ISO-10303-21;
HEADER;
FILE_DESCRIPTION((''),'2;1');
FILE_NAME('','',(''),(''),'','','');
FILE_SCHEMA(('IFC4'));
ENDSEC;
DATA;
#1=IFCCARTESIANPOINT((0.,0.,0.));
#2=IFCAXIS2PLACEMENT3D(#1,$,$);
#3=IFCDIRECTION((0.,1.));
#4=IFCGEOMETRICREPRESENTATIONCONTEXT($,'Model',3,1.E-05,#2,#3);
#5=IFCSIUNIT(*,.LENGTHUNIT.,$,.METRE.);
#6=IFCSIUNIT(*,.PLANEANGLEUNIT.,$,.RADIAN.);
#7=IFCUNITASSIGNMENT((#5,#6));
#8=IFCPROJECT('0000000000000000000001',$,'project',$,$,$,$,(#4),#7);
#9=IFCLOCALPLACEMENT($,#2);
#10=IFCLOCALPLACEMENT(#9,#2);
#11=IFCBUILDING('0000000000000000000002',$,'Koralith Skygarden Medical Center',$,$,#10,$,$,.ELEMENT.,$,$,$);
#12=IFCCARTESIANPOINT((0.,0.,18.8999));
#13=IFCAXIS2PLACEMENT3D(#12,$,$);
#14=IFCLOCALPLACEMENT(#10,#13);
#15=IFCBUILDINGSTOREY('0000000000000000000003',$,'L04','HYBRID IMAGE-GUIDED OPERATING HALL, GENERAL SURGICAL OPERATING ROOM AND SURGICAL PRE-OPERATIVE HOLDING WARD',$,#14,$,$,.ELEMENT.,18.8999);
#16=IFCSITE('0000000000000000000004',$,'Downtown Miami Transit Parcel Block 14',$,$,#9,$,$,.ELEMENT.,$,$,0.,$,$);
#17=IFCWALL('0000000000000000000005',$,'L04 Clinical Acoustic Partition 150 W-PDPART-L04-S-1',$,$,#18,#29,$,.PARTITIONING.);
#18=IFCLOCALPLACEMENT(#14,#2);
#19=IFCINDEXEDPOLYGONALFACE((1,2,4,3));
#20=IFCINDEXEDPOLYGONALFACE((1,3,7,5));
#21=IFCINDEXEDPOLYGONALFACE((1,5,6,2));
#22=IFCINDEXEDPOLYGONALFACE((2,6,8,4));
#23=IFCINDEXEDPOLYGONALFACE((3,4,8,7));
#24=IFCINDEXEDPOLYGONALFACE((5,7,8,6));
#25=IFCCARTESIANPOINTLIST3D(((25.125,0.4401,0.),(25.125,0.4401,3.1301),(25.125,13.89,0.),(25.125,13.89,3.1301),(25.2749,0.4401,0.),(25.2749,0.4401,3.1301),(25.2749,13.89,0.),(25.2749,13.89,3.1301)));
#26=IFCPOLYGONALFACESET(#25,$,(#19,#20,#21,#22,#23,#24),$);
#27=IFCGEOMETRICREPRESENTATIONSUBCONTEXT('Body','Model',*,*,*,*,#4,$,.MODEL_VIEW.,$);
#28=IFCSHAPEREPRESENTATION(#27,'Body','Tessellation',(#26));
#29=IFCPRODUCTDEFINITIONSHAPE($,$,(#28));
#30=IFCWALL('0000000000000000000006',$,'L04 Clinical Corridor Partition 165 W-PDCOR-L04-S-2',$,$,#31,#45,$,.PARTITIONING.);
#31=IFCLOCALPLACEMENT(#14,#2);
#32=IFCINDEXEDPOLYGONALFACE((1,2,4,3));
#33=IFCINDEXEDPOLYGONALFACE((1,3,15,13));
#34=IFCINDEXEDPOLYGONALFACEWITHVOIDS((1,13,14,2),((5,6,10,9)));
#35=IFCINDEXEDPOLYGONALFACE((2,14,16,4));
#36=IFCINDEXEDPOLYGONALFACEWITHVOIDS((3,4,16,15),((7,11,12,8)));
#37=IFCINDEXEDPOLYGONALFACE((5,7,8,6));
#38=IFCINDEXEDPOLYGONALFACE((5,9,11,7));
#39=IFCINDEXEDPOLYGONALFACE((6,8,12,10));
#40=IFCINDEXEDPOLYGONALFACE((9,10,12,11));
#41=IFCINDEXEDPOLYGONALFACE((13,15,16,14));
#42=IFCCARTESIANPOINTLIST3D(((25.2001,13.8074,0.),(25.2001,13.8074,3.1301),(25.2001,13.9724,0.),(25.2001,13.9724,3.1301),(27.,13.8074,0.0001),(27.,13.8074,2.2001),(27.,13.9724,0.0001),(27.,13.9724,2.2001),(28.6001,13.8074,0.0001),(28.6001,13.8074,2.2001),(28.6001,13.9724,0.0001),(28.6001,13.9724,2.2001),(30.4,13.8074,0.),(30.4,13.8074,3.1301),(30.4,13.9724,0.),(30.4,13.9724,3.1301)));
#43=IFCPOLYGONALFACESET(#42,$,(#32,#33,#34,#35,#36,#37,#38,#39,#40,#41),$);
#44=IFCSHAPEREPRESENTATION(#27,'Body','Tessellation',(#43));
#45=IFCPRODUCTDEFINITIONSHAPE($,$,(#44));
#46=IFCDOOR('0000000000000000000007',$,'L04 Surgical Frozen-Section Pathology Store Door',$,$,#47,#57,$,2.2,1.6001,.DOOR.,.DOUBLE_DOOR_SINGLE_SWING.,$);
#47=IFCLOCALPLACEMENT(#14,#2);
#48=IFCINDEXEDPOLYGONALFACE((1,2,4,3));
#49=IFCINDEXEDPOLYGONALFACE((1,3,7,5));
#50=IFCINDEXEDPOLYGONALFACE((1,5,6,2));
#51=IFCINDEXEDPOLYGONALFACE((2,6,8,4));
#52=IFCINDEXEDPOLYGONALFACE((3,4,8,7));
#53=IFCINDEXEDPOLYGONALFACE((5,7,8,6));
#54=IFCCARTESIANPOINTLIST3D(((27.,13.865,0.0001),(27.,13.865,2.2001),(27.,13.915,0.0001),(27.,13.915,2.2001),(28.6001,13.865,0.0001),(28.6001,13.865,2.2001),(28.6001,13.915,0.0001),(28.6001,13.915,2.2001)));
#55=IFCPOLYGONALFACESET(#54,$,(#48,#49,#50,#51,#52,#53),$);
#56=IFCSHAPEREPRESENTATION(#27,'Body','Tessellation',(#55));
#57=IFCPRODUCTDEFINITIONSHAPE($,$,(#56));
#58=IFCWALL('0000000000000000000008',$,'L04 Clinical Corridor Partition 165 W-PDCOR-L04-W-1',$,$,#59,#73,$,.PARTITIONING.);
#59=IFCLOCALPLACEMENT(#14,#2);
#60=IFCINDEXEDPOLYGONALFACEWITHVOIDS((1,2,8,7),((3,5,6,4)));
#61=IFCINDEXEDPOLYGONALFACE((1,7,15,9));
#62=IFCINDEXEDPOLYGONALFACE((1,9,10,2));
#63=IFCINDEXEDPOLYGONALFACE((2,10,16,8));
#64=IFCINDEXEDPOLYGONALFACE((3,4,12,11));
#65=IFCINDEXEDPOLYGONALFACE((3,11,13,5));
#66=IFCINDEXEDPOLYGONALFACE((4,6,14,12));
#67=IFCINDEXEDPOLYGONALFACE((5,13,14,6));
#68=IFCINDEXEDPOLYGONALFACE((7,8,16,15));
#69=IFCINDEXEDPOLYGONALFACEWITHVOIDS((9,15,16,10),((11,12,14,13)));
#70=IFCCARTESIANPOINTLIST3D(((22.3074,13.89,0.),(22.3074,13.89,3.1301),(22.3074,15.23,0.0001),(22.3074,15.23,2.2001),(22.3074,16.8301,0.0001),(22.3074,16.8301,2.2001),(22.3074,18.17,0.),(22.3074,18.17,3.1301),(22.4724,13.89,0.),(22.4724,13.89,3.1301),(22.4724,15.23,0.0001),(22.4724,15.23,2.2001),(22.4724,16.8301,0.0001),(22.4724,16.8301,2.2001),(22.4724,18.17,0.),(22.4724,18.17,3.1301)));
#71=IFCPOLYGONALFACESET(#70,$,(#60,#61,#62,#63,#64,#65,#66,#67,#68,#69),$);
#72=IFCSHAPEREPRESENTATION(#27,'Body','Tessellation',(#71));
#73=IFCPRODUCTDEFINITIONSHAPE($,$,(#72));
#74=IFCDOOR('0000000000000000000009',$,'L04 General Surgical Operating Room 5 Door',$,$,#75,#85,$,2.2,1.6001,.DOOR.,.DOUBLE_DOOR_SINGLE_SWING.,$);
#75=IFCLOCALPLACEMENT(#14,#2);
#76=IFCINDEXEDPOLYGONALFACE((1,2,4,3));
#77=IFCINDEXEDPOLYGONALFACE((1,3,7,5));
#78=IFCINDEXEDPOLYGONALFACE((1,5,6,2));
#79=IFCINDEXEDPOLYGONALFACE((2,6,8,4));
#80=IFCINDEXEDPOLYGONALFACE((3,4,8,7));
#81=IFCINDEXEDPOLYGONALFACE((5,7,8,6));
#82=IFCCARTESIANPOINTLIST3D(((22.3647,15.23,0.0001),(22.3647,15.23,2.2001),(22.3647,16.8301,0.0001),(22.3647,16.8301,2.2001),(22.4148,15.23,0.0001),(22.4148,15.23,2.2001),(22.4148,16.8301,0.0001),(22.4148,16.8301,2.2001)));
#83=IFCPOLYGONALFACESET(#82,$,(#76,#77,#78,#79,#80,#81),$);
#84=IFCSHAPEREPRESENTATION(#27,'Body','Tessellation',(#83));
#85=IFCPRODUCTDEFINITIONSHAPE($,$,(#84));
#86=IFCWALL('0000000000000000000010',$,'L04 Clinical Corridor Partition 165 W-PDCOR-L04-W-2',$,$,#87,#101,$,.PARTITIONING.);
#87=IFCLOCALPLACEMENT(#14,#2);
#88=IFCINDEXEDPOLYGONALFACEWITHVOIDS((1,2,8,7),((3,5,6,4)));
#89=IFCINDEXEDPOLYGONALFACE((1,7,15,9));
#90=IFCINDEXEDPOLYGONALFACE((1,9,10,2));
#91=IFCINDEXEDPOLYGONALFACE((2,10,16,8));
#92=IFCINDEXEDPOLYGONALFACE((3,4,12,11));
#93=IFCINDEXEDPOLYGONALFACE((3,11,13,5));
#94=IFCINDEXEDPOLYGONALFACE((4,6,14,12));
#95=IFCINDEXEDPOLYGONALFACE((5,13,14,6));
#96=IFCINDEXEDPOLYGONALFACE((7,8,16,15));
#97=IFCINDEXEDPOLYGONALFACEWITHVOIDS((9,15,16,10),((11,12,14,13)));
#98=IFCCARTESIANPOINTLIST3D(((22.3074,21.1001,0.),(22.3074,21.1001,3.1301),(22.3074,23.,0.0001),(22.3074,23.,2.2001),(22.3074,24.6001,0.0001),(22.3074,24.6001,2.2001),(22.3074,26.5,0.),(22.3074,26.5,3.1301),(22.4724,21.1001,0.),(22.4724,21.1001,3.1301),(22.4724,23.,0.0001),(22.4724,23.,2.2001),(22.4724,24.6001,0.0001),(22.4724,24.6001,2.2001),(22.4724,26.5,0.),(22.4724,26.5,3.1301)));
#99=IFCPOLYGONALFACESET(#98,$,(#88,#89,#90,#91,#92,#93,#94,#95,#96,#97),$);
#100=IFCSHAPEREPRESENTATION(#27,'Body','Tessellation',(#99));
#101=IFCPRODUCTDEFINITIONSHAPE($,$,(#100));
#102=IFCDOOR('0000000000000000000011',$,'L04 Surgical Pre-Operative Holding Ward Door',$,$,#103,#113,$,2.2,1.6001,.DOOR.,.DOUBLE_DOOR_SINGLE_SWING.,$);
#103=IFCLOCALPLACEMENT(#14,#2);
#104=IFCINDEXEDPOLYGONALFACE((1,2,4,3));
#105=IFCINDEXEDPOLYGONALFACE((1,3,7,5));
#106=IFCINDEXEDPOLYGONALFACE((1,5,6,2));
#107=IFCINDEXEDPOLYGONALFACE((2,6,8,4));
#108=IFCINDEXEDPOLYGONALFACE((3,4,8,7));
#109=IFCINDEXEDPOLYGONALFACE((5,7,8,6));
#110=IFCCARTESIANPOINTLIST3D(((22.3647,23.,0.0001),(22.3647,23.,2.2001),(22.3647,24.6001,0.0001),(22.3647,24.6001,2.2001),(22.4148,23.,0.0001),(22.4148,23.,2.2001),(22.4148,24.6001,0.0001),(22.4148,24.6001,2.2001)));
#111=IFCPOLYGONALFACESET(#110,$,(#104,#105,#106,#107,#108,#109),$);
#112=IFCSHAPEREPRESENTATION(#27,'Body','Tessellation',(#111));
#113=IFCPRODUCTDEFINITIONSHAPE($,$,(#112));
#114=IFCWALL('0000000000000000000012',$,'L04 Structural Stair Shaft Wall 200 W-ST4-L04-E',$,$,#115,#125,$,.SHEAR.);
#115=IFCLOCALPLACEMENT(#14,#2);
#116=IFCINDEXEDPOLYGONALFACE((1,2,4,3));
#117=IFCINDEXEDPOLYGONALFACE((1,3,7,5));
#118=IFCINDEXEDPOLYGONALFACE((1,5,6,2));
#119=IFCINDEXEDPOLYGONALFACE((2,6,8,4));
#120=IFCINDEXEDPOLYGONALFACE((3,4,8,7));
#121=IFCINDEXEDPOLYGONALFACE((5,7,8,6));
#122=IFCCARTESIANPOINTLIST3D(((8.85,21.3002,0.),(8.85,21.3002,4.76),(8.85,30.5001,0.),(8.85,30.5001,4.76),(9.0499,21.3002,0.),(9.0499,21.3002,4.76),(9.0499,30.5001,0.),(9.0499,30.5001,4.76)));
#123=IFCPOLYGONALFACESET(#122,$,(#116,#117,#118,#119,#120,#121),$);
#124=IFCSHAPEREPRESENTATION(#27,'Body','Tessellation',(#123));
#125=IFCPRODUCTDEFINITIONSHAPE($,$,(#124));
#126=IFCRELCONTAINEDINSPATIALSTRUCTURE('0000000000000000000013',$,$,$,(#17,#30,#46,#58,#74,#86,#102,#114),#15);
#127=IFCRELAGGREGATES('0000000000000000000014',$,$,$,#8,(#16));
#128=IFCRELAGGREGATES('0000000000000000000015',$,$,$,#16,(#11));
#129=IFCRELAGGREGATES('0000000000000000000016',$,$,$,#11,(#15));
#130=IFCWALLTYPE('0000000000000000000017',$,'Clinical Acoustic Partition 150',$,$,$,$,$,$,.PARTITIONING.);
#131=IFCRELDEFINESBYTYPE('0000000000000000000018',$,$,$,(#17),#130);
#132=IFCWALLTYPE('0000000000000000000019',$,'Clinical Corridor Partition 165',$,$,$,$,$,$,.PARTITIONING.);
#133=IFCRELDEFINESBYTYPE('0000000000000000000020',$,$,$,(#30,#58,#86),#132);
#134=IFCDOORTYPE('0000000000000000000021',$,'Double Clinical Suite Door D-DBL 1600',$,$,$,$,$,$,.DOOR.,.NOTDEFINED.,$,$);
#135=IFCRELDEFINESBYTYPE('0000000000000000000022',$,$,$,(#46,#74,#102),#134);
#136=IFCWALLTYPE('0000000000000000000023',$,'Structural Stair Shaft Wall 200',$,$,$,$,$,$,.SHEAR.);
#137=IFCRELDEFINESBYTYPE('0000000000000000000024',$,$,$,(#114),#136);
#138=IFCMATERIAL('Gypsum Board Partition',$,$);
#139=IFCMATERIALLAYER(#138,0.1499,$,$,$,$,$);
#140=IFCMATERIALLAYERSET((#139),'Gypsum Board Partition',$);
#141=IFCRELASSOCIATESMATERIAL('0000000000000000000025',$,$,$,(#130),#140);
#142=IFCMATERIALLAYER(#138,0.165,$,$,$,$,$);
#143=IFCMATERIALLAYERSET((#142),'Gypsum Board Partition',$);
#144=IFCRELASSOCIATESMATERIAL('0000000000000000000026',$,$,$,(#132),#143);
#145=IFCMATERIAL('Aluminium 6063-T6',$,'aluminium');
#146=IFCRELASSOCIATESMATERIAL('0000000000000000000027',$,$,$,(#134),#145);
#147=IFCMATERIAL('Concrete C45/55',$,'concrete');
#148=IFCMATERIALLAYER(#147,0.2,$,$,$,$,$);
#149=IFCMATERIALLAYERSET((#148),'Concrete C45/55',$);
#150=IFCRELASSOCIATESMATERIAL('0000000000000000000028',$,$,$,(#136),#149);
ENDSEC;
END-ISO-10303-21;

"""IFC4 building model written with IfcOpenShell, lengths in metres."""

from ifc_helpers import new_model, si_unit, direction, frame, frame_2d, origin, place, context, subcontext, project, spatial, rectangle, extrude, material, layer, layer_set, type_object, element, fill, save


model = new_model("IFC4")

# Units and contexts
model_context = context("Model", 3, precision=1e-05, world=origin(), true_north=direction((0.0, 1.0)))
body_context = subcontext(model_context, "Body", "Model", "MODEL_VIEW")
ifc_project = project(units=[si_unit("LENGTHUNIT", "METRE"), si_unit("PLANEANGLEUNIT", "RADIAN")], contexts=[model_context])

# Site, building, storey
site_placement = place(None, origin())
site = spatial("IfcSite", under=ifc_project, at=site_placement, Name="Downtown Miami Transit Parcel Block 14", CompositionType="ELEMENT", RefElevation=0.0)
building_placement = place(site_placement, origin())
building = spatial("IfcBuilding", under=site, at=building_placement, Name="Koralith Skygarden Medical Center", CompositionType="ELEMENT")
storey_placement = place(building_placement, frame((0.0, 0.0, 18.8999)))
storey = spatial("IfcBuildingStorey", under=building, at=storey_placement, Name="L04", Description="HYBRID IMAGE-GUIDED OPERATING HALL, GENERAL SURGICAL OPERATING ROOM AND SURGICAL PRE-OPERATIVE HOLDING WARD", CompositionType="ELEMENT", Elevation=18.8999)

# Shared definitions
ifc_material_1 = material(Name="Aluminium 6063-T6", Category="aluminium")

# Wall
ifc_material_2 = material(Name="Gypsum Board Partition")
ifc_layer_1 = layer(ifc_material_2, 0.1499)
ifc_layer_set_1 = layer_set([ifc_layer_1], Name="Gypsum Board Partition")
wall_type_1 = type_object("IfcWallType", Name="Clinical Acoustic Partition 150", PredefinedType="PARTITIONING", material=ifc_layer_set_1)
wall_1_placement = place(storey_placement, frame((25.2, 0.4399, 0.0), z_axis=(0.0, 0.0, 1.0), x_axis=(0.0, 1.0, 0.0)))
element("IfcWall", 1, at=wall_1_placement, inside=storey, type_object=wall_type_1, Name="L04 Clinical Acoustic Partition 150 W-PDPART-L04-S-1", PredefinedType="PARTITIONING", context=body_context, shape_type="SweptSolid", body=[
    extrude(rectangle(XDim=13.45, YDim=0.1499, at=frame_2d((6.7251, 0.0))), origin(), (0.0, 0.0, 1.0), 3.1301),
])

# Walls, openings, doors
ifc_layer_2 = layer(ifc_material_2, 0.165)
ifc_layer_set_2 = layer_set([ifc_layer_2], Name="Gypsum Board Partition")
wall_type_2 = type_object("IfcWallType", Name="Clinical Corridor Partition 165", PredefinedType="PARTITIONING", material=ifc_layer_set_2)
wall_2_placement = place(storey_placement, frame((25.2, 13.8899, 0.0), z_axis=(0.0, 0.0, 1.0), x_axis=(1.0, 0.0, 0.0)))
wall_2 = element("IfcWall", 2, at=wall_2_placement, inside=storey, type_object=wall_type_2, Name="L04 Clinical Corridor Partition 165 W-PDCOR-L04-S-2", PredefinedType="PARTITIONING", context=body_context, shape_type="SweptSolid", body=[
    extrude(rectangle(XDim=5.2, YDim=0.165, at=frame_2d((2.6001, 0.0))), origin(), (0.0, 0.0, 1.0), 3.1301),
])
opening_1_placement = place(wall_2_placement, frame((1.8, 0.0, 0.0)))
opening_1 = element("IfcOpeningElement", 3, at=opening_1_placement, cuts=wall_2, PredefinedType="OPENING", context=body_context, shape_type="SweptSolid", body=[
    extrude(rectangle(XDim=1.6001, YDim=2.2, at=frame_2d((0.8, 1.1001))), frame((0.0, 0.0925, 0.0), z_axis=(0.0, -1.0, 0.0), x_axis=(1.0, 0.0, 0.0)), (0.0, 0.0, 1.0), 0.1851),
])
door_type_1 = type_object("IfcDoorType", Name="Double Clinical Suite Door D-DBL 1600", OperationType="NOTDEFINED", PredefinedType="DOOR", material=ifc_material_1)
door_1_placement = place(opening_1_placement, frame((1.6001, 0.0, 0.0), z_axis=(0.0, 0.0, 1.0), x_axis=(-1.0, 0.0, 0.0)))
door_1 = element("IfcDoor", 4, at=door_1_placement, inside=storey, type_object=door_type_1, Name="L04 Surgical Frozen-Section Pathology Store Door", OperationType="DOUBLE_DOOR_SINGLE_SWING", OverallHeight=2.2, OverallWidth=1.6001, PredefinedType="DOOR", context=body_context, shape_type="SweptSolid", body=[
    extrude(rectangle(XDim=1.6001, YDim=2.2, at=frame_2d((0.8, 1.1001))), frame((0.0, 0.0249, 0.0), z_axis=(0.0, -1.0, 0.0), x_axis=(1.0, 0.0, 0.0)), (0.0, 0.0, 1.0), 0.05),
])
fill(opening_1, door_1)
wall_3_placement = place(storey_placement, frame((22.3899, 13.8899, 0.0), z_axis=(0.0, 0.0, 1.0), x_axis=(0.0, 1.0, 0.0)))
wall_3 = element("IfcWall", 5, at=wall_3_placement, inside=storey, type_object=wall_type_2, Name="L04 Clinical Corridor Partition 165 W-PDCOR-L04-W-1", PredefinedType="PARTITIONING", context=body_context, shape_type="SweptSolid", body=[
    extrude(rectangle(XDim=4.28, YDim=0.165, at=frame_2d((2.1401, 0.0))), origin(), (0.0, 0.0, 1.0), 3.1301),
])
opening_2_placement = place(wall_3_placement, frame((1.3401, 0.0, 0.0)))
opening_2 = element("IfcOpeningElement", 6, at=opening_2_placement, cuts=wall_3, PredefinedType="OPENING", context=body_context, shape_type="SweptSolid", body=[
    extrude(rectangle(XDim=1.6001, YDim=2.2, at=frame_2d((0.8, 1.1001))), frame((0.0, 0.0925, 0.0), z_axis=(0.0, -1.0, 0.0), x_axis=(1.0, 0.0, 0.0)), (0.0, 0.0, 1.0), 0.1851),
])
door_2_placement = place(opening_2_placement, frame((1.6001, 0.0, 0.0), z_axis=(0.0, 0.0, 1.0), x_axis=(-1.0, 0.0, 0.0)))
door_2 = element("IfcDoor", 7, at=door_2_placement, inside=storey, type_object=door_type_1, Name="L04 General Surgical Operating Room 5 Door", OperationType="DOUBLE_DOOR_SINGLE_SWING", OverallHeight=2.2, OverallWidth=1.6001, PredefinedType="DOOR", context=body_context, shape_type="SweptSolid", body=[
    extrude(rectangle(XDim=1.6001, YDim=2.2, at=frame_2d((0.8, 1.1001))), frame((0.0, 0.0249, 0.0), z_axis=(0.0, -1.0, 0.0), x_axis=(1.0, 0.0, 0.0)), (0.0, 0.0, 1.0), 0.05),
])
fill(opening_2, door_2)
wall_4_placement = place(storey_placement, frame((22.3899, 21.1001, 0.0), z_axis=(0.0, 0.0, 1.0), x_axis=(0.0, 1.0, 0.0)))
wall_4 = element("IfcWall", 8, at=wall_4_placement, inside=storey, type_object=wall_type_2, Name="L04 Clinical Corridor Partition 165 W-PDCOR-L04-W-2", PredefinedType="PARTITIONING", context=body_context, shape_type="SweptSolid", body=[
    extrude(rectangle(XDim=5.3999, YDim=0.165, at=frame_2d((2.7, 0.0))), origin(), (0.0, 0.0, 1.0), 3.1301),
])
opening_3_placement = place(wall_4_placement, frame((1.8999, 0.0, 0.0)))
opening_3 = element("IfcOpeningElement", 9, at=opening_3_placement, cuts=wall_4, PredefinedType="OPENING", context=body_context, shape_type="SweptSolid", body=[
    extrude(rectangle(XDim=1.6001, YDim=2.2, at=frame_2d((0.8, 1.1001))), frame((0.0, 0.0925, 0.0), z_axis=(0.0, -1.0, 0.0), x_axis=(1.0, 0.0, 0.0)), (0.0, 0.0, 1.0), 0.1851),
])
door_3_placement = place(opening_3_placement, frame((1.6001, 0.0, 0.0), z_axis=(0.0, 0.0, 1.0), x_axis=(-1.0, 0.0, 0.0)))
door_3 = element("IfcDoor", 10, at=door_3_placement, inside=storey, type_object=door_type_1, Name="L04 Surgical Pre-Operative Holding Ward Door", OperationType="DOUBLE_DOOR_SINGLE_SWING", OverallHeight=2.2, OverallWidth=1.6001, PredefinedType="DOOR", context=body_context, shape_type="SweptSolid", body=[
    extrude(rectangle(XDim=1.6001, YDim=2.2, at=frame_2d((0.8, 1.1001))), frame((0.0, 0.0249, 0.0), z_axis=(0.0, -1.0, 0.0), x_axis=(1.0, 0.0, 0.0)), (0.0, 0.0, 1.0), 0.05),
])
fill(opening_3, door_3)

# Wall
ifc_material_3 = material(Name="Concrete C45/55", Category="concrete")
ifc_layer_3 = layer(ifc_material_3, 0.2)
ifc_layer_set_3 = layer_set([ifc_layer_3], Name="Concrete C45/55")
wall_type_3 = type_object("IfcWallType", Name="Structural Stair Shaft Wall 200", PredefinedType="SHEAR", material=ifc_layer_set_3)
wall_5_placement = place(storey_placement, frame((8.95, 21.3, 0.0), z_axis=(0.0, 0.0, 1.0), x_axis=(0.0, 1.0, 0.0)))
element("IfcWall", 11, at=wall_5_placement, inside=storey, type_object=wall_type_3, Name="L04 Structural Stair Shaft Wall 200 W-ST4-L04-E", PredefinedType="SHEAR", context=body_context, shape_type="SweptSolid", body=[
    extrude(rectangle(XDim=9.2, YDim=0.2, at=frame_2d((4.6001, 0.0))), origin(), (0.0, 0.0, 1.0), 4.76),
])

save(model, "model.ifc")
